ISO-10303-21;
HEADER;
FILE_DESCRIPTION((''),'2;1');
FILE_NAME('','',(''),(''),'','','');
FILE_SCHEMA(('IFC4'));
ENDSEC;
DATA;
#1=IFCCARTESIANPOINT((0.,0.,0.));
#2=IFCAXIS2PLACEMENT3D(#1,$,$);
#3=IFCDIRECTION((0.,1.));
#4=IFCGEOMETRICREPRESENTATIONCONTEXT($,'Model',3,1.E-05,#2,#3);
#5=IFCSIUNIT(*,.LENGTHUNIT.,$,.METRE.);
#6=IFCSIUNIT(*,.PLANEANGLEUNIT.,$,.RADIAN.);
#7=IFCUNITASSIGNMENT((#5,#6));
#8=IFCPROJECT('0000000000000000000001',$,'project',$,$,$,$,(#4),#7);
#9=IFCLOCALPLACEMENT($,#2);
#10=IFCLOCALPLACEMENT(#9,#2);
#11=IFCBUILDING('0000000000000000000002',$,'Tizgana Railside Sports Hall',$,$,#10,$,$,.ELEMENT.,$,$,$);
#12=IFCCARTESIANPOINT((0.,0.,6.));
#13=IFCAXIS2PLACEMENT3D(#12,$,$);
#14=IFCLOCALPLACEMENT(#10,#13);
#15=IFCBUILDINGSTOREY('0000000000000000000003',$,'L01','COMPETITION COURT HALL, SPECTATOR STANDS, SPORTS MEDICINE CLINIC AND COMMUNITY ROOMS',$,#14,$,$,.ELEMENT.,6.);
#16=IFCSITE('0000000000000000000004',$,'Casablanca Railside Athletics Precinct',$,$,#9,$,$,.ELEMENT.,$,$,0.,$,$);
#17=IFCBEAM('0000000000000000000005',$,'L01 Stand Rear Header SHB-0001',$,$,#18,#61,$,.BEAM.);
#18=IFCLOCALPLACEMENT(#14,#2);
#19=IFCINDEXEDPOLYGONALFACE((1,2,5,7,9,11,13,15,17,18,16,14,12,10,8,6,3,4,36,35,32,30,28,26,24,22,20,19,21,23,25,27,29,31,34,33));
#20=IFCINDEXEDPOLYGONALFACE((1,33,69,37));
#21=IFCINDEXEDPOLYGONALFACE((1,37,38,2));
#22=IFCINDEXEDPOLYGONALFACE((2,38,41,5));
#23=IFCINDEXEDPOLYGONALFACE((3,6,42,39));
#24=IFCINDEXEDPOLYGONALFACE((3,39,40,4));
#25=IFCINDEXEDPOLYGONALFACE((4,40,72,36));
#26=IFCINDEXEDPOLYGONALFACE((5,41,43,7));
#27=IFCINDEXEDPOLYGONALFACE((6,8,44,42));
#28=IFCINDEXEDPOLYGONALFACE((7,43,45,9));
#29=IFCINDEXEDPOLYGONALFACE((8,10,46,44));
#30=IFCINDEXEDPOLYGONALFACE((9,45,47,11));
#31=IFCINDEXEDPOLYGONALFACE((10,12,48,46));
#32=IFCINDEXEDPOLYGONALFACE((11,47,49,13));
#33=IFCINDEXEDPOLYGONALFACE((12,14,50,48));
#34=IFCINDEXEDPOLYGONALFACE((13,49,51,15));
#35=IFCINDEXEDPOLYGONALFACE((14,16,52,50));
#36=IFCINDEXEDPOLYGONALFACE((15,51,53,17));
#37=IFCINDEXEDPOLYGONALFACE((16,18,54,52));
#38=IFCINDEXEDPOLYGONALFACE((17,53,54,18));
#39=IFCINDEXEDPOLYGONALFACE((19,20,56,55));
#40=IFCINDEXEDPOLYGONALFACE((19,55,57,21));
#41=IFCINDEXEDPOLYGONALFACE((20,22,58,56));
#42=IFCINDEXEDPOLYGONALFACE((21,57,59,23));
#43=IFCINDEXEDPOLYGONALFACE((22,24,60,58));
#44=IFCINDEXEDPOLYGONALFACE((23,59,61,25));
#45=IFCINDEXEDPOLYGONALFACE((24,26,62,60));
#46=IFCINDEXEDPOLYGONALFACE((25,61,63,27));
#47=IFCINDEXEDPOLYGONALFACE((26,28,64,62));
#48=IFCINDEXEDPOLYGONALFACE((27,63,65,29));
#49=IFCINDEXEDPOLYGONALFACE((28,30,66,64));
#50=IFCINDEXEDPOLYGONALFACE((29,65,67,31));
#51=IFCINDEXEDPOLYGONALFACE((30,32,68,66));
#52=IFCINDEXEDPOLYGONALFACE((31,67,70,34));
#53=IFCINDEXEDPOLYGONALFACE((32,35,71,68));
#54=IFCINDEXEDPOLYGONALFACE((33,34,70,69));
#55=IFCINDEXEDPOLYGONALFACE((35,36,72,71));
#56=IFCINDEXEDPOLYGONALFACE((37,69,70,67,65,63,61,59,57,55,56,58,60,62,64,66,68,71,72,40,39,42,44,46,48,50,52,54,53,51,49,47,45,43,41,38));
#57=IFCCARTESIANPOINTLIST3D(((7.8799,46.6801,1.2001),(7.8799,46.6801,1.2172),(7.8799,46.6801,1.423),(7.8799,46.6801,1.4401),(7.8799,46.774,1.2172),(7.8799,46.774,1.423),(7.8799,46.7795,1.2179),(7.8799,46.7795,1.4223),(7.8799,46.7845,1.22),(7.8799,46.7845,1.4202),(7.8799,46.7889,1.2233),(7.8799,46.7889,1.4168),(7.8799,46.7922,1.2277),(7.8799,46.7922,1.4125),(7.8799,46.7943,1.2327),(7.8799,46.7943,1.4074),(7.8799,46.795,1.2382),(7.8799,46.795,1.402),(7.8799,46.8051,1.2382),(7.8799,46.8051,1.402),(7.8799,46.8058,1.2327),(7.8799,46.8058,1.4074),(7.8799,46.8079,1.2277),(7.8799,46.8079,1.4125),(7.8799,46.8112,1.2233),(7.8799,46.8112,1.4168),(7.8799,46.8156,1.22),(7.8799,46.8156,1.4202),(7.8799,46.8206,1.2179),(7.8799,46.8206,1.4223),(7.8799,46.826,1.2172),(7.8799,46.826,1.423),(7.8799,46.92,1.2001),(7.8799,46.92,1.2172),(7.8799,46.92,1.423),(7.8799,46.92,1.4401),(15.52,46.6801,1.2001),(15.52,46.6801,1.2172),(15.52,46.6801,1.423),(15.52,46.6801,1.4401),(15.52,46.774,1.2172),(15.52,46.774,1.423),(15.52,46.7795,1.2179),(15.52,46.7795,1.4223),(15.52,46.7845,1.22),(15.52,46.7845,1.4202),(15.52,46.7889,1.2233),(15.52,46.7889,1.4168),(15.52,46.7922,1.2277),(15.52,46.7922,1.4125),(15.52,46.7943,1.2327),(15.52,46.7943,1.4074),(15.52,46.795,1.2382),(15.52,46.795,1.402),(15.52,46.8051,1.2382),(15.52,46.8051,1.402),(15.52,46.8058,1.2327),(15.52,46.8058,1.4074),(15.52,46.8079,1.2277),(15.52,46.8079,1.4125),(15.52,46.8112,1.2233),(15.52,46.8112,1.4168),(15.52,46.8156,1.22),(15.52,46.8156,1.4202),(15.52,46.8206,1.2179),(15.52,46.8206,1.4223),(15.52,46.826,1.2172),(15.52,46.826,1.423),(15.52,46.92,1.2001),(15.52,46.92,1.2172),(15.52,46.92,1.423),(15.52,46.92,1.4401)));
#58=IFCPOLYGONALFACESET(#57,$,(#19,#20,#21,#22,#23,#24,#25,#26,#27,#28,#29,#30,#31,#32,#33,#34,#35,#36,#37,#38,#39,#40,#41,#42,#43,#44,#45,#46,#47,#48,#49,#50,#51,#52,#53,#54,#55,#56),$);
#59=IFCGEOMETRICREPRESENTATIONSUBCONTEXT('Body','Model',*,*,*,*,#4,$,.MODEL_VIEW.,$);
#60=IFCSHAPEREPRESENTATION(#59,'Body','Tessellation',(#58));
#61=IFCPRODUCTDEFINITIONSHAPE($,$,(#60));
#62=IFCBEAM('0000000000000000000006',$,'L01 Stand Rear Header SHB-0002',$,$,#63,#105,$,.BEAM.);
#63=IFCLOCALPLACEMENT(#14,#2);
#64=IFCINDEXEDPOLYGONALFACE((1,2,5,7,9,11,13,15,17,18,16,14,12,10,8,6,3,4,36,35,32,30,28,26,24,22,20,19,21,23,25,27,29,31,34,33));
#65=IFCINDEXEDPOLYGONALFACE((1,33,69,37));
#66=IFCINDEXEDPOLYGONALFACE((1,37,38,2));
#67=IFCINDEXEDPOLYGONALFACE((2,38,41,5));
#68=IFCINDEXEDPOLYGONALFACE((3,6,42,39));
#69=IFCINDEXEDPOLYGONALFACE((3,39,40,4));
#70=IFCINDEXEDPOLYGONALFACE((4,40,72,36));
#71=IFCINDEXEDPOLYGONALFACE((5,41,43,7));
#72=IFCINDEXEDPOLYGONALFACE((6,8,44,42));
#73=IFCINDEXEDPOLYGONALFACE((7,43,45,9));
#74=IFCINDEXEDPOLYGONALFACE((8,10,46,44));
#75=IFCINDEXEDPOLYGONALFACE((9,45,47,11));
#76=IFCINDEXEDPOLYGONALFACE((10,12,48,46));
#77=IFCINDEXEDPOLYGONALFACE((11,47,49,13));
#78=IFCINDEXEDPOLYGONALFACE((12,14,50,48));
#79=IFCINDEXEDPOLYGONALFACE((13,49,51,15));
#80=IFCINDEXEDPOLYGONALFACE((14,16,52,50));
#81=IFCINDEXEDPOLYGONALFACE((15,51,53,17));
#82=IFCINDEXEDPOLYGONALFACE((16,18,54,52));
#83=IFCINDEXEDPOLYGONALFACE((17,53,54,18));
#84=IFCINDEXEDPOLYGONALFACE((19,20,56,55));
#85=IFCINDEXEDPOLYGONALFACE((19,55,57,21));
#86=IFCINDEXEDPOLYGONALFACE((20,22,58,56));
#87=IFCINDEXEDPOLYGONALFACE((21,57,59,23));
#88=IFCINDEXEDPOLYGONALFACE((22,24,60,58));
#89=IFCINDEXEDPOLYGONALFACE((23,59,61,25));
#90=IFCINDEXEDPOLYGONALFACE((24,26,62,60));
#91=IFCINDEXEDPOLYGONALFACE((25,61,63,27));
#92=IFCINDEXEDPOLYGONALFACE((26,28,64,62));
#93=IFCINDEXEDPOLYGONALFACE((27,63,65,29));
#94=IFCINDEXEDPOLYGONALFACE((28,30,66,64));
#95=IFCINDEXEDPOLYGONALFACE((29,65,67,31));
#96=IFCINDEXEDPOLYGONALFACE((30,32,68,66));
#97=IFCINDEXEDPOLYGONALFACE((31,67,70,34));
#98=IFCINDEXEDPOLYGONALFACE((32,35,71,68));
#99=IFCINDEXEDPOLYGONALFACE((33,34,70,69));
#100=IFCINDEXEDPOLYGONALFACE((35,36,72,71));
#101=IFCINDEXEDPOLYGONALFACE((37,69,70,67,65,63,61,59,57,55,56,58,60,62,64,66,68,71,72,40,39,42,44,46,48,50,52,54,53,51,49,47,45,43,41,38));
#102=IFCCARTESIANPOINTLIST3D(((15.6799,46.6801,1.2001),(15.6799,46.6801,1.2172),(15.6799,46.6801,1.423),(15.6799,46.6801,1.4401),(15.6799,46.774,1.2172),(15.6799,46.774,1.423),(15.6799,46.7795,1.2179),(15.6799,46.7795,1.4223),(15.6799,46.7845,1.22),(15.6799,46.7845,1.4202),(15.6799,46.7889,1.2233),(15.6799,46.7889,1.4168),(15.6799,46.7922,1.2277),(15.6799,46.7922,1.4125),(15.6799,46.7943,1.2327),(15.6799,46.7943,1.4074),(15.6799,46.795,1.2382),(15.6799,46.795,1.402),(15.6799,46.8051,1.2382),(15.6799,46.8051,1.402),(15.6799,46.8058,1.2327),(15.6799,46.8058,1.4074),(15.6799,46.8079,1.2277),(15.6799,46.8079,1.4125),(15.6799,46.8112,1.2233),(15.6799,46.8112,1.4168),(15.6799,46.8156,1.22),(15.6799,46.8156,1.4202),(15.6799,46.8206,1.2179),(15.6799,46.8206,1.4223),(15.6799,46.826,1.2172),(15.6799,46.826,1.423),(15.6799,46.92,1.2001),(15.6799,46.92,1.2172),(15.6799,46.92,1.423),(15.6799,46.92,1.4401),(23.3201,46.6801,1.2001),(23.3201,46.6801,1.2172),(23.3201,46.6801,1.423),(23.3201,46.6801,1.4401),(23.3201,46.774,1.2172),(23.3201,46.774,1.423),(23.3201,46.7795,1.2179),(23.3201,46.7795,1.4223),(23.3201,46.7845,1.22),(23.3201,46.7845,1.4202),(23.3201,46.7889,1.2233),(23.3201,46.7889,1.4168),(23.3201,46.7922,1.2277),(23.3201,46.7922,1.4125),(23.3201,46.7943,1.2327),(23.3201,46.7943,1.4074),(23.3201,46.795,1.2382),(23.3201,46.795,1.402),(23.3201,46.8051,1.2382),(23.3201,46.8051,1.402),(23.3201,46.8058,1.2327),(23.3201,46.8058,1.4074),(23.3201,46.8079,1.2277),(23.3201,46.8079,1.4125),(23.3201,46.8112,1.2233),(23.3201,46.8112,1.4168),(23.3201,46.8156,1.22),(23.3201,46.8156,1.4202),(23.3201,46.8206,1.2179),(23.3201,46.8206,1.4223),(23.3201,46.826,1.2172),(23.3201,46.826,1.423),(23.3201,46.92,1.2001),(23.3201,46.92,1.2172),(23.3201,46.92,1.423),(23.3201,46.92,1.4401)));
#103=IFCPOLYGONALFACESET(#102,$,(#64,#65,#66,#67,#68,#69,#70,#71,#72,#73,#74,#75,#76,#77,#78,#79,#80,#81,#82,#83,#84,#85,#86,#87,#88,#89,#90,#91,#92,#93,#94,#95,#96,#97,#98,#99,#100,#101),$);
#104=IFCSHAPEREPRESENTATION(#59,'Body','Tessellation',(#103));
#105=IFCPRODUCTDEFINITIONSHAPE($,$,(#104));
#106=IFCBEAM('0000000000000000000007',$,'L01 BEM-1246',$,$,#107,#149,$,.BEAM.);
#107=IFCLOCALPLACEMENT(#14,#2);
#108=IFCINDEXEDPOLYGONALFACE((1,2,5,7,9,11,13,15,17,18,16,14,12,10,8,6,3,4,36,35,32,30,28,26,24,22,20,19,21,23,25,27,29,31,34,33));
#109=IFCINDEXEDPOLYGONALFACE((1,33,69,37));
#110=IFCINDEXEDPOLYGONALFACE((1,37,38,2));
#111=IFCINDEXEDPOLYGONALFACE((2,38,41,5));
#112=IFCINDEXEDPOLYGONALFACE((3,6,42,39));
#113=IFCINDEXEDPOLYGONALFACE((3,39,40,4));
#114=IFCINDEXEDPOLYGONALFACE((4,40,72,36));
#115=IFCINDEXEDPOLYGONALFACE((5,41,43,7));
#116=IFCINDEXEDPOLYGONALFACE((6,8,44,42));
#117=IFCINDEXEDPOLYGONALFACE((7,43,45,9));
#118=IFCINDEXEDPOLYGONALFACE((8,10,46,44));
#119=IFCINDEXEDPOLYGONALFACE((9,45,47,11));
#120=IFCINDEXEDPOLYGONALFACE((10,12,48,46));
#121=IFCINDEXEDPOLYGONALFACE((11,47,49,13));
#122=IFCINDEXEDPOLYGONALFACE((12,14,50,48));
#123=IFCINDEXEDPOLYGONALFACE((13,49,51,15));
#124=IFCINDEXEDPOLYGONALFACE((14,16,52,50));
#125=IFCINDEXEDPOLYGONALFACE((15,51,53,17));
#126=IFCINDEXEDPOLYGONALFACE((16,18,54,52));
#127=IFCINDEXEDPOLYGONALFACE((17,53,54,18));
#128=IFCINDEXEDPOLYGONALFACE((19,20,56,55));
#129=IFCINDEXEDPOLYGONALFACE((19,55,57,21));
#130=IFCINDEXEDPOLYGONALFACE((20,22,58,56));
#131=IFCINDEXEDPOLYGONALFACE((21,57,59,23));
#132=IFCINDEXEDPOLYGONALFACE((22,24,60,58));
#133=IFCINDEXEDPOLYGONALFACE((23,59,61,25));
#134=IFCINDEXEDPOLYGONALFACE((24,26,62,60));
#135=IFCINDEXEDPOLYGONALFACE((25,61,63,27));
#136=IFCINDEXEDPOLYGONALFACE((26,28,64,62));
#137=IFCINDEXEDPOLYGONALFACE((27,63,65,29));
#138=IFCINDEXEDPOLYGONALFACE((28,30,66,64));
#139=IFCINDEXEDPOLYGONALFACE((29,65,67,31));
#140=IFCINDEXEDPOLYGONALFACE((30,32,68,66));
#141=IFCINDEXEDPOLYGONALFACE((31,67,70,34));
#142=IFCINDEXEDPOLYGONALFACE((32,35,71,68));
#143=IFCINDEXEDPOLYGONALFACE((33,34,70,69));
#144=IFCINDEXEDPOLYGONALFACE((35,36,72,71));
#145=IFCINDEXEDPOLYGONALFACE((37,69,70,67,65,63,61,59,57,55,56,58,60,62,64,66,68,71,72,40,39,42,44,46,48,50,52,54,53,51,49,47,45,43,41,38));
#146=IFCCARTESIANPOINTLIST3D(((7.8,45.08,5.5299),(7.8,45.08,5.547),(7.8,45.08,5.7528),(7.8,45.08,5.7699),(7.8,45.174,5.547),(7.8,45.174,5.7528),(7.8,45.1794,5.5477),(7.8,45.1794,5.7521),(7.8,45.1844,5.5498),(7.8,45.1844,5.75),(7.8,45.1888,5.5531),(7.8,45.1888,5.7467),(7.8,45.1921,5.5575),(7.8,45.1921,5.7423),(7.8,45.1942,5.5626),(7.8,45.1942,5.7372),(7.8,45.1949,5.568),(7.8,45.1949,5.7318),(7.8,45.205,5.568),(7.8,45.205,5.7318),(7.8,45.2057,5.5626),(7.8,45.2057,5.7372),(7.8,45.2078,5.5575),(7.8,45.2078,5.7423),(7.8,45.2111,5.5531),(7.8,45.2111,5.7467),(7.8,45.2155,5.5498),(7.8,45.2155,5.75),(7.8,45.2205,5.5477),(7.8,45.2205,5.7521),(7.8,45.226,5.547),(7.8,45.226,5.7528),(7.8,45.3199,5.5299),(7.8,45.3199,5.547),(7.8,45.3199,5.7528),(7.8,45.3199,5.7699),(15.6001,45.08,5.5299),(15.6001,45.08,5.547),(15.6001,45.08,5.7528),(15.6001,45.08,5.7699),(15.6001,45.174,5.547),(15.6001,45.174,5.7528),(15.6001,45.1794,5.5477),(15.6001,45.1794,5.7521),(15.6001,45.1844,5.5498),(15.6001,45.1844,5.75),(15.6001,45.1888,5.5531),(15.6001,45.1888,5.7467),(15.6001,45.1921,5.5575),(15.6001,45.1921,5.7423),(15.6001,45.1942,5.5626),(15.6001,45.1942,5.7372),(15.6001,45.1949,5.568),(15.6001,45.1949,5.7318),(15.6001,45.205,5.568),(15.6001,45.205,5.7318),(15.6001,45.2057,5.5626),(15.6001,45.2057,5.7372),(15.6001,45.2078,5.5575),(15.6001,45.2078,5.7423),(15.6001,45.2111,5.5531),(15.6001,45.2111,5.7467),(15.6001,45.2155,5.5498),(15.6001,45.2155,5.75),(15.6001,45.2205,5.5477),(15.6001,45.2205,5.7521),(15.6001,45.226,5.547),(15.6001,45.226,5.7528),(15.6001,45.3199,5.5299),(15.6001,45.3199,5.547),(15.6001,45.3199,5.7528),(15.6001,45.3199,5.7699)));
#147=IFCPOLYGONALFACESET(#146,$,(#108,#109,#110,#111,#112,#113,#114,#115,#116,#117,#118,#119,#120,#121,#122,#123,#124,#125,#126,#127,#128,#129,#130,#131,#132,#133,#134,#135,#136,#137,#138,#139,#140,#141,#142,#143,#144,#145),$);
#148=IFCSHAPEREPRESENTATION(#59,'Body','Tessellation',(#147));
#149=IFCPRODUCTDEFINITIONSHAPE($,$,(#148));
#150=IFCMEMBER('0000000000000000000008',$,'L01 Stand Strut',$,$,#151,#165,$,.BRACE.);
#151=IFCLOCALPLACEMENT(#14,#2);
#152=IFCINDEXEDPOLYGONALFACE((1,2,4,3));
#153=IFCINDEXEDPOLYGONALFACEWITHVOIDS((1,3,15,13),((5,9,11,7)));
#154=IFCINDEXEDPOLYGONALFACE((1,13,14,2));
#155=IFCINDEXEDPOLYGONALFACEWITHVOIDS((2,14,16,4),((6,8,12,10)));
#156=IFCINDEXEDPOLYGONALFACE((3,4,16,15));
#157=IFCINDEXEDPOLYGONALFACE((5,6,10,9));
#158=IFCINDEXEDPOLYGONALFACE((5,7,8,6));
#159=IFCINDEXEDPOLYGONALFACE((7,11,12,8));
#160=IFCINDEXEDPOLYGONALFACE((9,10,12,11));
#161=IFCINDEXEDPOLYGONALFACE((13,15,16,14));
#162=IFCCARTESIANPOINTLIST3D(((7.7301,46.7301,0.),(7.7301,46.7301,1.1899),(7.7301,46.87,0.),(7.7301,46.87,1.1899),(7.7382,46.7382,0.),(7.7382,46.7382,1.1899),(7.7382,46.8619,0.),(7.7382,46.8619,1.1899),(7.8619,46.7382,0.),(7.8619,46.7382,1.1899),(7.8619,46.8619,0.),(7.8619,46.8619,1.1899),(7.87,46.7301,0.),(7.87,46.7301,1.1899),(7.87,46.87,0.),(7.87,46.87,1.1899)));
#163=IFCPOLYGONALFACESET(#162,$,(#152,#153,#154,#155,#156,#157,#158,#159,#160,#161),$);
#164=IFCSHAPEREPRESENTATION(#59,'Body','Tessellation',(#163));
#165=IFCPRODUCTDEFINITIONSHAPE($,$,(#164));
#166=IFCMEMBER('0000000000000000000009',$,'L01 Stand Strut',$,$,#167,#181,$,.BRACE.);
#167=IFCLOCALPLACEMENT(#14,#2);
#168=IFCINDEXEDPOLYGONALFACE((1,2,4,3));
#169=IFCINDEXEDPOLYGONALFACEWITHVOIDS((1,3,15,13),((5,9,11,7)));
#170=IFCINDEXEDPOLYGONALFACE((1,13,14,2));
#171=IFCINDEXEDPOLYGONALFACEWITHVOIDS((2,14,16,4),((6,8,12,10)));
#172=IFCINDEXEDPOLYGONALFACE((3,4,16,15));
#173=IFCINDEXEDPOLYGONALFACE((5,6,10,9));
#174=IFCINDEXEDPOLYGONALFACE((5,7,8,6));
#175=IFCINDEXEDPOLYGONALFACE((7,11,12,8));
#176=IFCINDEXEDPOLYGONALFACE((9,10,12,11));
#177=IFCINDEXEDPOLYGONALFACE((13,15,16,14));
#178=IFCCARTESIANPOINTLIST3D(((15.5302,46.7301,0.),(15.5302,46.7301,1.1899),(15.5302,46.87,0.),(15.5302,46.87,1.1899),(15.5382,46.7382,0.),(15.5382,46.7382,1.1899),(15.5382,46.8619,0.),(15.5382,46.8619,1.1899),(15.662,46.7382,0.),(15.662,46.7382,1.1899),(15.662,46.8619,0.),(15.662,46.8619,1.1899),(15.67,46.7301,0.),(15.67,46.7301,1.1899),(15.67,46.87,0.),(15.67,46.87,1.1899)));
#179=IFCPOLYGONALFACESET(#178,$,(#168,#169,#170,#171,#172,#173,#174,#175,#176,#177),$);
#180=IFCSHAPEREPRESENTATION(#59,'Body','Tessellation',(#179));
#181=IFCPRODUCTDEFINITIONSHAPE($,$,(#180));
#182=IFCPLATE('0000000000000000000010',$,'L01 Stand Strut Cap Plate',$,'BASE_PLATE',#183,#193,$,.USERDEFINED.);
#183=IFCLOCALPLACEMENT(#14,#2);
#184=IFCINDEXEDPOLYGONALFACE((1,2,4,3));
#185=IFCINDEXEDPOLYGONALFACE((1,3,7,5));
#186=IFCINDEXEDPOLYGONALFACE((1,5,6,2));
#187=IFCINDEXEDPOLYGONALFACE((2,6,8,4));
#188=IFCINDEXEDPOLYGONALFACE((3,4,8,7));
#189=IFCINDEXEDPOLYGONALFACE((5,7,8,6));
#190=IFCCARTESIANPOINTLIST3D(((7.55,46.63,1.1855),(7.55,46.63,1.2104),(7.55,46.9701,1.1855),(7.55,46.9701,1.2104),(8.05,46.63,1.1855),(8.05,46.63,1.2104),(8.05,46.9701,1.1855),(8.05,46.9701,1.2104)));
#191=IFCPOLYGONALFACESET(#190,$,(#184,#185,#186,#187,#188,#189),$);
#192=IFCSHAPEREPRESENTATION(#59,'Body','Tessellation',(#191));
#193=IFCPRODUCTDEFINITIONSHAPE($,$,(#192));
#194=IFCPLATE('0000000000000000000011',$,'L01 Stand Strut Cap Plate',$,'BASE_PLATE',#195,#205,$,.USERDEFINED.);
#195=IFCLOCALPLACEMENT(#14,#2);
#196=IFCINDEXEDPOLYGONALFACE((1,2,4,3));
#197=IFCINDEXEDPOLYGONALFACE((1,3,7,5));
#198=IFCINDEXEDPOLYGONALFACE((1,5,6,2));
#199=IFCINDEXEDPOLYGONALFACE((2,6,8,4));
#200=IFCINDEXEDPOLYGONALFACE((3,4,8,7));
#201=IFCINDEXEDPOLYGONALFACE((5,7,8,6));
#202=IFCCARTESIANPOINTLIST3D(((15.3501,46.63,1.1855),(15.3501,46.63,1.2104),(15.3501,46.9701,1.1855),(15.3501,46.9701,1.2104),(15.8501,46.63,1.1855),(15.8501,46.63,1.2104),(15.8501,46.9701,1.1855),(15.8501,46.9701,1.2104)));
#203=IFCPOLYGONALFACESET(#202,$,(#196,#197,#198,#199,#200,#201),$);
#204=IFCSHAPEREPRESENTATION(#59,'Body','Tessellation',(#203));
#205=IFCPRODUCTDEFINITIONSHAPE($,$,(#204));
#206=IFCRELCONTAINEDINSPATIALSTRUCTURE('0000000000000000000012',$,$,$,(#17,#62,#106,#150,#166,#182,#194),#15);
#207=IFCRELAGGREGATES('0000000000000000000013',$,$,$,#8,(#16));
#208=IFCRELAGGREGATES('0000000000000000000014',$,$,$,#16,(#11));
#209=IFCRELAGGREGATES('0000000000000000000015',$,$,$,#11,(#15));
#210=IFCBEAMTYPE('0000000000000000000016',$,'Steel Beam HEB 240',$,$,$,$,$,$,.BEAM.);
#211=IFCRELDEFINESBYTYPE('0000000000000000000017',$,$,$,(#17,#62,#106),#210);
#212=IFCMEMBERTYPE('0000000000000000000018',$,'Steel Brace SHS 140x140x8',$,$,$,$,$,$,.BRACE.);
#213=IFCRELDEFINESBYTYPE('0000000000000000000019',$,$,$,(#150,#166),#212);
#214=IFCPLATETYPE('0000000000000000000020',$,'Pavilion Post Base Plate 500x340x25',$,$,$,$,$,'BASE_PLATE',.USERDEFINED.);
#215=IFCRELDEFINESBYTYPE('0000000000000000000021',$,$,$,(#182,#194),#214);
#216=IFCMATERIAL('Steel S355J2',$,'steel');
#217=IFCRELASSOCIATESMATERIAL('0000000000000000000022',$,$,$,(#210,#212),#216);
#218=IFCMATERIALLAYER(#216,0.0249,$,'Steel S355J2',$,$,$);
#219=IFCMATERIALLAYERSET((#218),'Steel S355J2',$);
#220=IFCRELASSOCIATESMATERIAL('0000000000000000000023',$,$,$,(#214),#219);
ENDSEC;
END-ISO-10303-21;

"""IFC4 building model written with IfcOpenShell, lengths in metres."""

from ifc_helpers import new_model, si_unit, direction, frame, origin, origin_2d, place, context, subcontext, project, spatial, rectangle, hollow_rectangle, i_section, extrude, material, layer, layer_set, material_profile, profile_set, type_object, element, save


model = new_model("IFC4")

# Units and contexts
model_context = context("Model", 3, precision=1e-05, world=origin(), true_north=direction((0.0, 1.0)))
body_context = subcontext(model_context, "Body", "Model", "MODEL_VIEW")
ifc_project = project(units=[si_unit("LENGTHUNIT", "METRE"), si_unit("PLANEANGLEUNIT", "RADIAN")], contexts=[model_context])

# Site, building, storey
site_placement = place(None, origin())
site = spatial("IfcSite", under=ifc_project, at=site_placement, Name="Casablanca Railside Athletics Precinct", CompositionType="ELEMENT", RefElevation=0.0)
building_placement = place(site_placement, origin())
building = spatial("IfcBuilding", under=site, at=building_placement, Name="Tizgana Railside Sports Hall", CompositionType="ELEMENT")
storey_placement = place(building_placement, frame((0.0, 0.0, 6.0)))
storey = spatial("IfcBuildingStorey", under=building, at=storey_placement, Name="L01", Description="COMPETITION COURT HALL, SPECTATOR STANDS, SPORTS MEDICINE CLINIC AND COMMUNITY ROOMS", CompositionType="ELEMENT", Elevation=6.0)

# Beams
ifc_material_1 = material(Name="Steel S355J2", Category="steel")
ifc_material_profile_1 = material_profile(ifc_material_1, i_section(OverallWidth=0.24, OverallDepth=0.24, WebThickness=0.01, FlangeThickness=0.0171, FilletRadius=0.021, at=origin_2d()), Name="HEB 240")
ifc_profile_set_1 = profile_set([ifc_material_profile_1], Name="Steel S355J2")
beam_type_1 = type_object("IfcBeamType", Name="Steel Beam HEB 240", PredefinedType="BEAM", material=ifc_profile_set_1)
for number, where, z_axis, x_axis, name in (
    (1, (7.8799, 46.8, 1.3201), (1.0, 0.0, 0.0), (0.0, 1.0, 0.0), "L01 Stand Rear Header SHB-0001"),
    (2, (15.6799, 46.8, 1.3201), (1.0, 0.0, 0.0), (0.0, 1.0, 0.0), "L01 Stand Rear Header SHB-0002"),
):
    element("IfcBeam", number, at=place(storey_placement, frame(where, z_axis=z_axis, x_axis=x_axis)), inside=storey, type_object=beam_type_1, Name=name, PredefinedType="BEAM", context=body_context, shape_type="SweptSolid", body=[
        extrude(i_section(OverallWidth=0.24, OverallDepth=0.24, WebThickness=0.01, FlangeThickness=0.0171, FilletRadius=0.021, at=origin_2d()), origin(), (0.0, 0.0, 1.0), 7.6401),
    ])
beam_1_placement = place(storey_placement, frame((7.8, 45.2, 5.6499), z_axis=(1.0, 0.0, 0.0), x_axis=(0.0, 1.0, 0.0)))
element("IfcBeam", 3, at=beam_1_placement, inside=storey, type_object=beam_type_1, Name="L01 BEM-1246", PredefinedType="BEAM", context=body_context, shape_type="SweptSolid", body=[
    extrude(i_section(OverallWidth=0.24, OverallDepth=0.24, WebThickness=0.01, FlangeThickness=0.0171, FilletRadius=0.021, at=origin_2d()), origin(), (0.0, 0.0, 1.0), 7.8),
])

# Members
ifc_material_profile_2 = material_profile(ifc_material_1, hollow_rectangle(XDim=0.1399, YDim=0.1399, WallThickness=0.0081, at=origin_2d()), Name="SHS 140x140x8")
ifc_profile_set_2 = profile_set([ifc_material_profile_2], Name="Steel S355J2")
member_type = type_object("IfcMemberType", Name="Steel Brace SHS 140x140x8", PredefinedType="BRACE", material=ifc_profile_set_2)
for number, where, z_axis, x_axis, name in (
    (4, (7.8, 46.8, 0.0), (0.0, 0.0, 1.0), (1.0, 0.0, 0.0), "L01 Stand Strut"),
    (5, (15.6001, 46.8, 0.0), (0.0, 0.0, 1.0), (1.0, 0.0, 0.0), "L01 Stand Strut"),
):
    element("IfcMember", number, at=place(storey_placement, frame(where, z_axis=z_axis, x_axis=x_axis)), inside=storey, type_object=member_type, Name=name, PredefinedType="BRACE", context=body_context, shape_type="SweptSolid", body=[
        extrude(hollow_rectangle(XDim=0.1399, YDim=0.1399, WallThickness=0.0081, at=origin_2d()), origin(), (0.0, 0.0, 1.0), 1.1899),
    ])

# Plates
ifc_layer_1 = layer(ifc_material_1, 0.0249, Name="Steel S355J2")
ifc_layer_set_1 = layer_set([ifc_layer_1], Name="Steel S355J2")
plate_type = type_object("IfcPlateType", Name="Pavilion Post Base Plate 500x340x25", ElementType="BASE_PLATE", PredefinedType="USERDEFINED", material=ifc_layer_set_1)
for number, where, z_axis, x_axis, name in (
    (6, (7.8, 46.8, 1.1855), (0.0, 0.0, 1.0), (1.0, 0.0, 0.0), "L01 Stand Strut Cap Plate"),
    (7, (15.6001, 46.8, 1.1855), (0.0, 0.0, 1.0), (1.0, 0.0, 0.0), "L01 Stand Strut Cap Plate"),
):
    element("IfcPlate", number, at=place(storey_placement, frame(where, z_axis=z_axis, x_axis=x_axis)), inside=storey, type_object=plate_type, Name=name, ObjectType="BASE_PLATE", PredefinedType="USERDEFINED", context=body_context, shape_type="SweptSolid", body=[
        extrude(rectangle(XDim=0.5, YDim=0.3401, at=origin_2d()), origin(), (0.0, 0.0, 1.0), 0.0249),
    ])

save(model, "model.ifc")
